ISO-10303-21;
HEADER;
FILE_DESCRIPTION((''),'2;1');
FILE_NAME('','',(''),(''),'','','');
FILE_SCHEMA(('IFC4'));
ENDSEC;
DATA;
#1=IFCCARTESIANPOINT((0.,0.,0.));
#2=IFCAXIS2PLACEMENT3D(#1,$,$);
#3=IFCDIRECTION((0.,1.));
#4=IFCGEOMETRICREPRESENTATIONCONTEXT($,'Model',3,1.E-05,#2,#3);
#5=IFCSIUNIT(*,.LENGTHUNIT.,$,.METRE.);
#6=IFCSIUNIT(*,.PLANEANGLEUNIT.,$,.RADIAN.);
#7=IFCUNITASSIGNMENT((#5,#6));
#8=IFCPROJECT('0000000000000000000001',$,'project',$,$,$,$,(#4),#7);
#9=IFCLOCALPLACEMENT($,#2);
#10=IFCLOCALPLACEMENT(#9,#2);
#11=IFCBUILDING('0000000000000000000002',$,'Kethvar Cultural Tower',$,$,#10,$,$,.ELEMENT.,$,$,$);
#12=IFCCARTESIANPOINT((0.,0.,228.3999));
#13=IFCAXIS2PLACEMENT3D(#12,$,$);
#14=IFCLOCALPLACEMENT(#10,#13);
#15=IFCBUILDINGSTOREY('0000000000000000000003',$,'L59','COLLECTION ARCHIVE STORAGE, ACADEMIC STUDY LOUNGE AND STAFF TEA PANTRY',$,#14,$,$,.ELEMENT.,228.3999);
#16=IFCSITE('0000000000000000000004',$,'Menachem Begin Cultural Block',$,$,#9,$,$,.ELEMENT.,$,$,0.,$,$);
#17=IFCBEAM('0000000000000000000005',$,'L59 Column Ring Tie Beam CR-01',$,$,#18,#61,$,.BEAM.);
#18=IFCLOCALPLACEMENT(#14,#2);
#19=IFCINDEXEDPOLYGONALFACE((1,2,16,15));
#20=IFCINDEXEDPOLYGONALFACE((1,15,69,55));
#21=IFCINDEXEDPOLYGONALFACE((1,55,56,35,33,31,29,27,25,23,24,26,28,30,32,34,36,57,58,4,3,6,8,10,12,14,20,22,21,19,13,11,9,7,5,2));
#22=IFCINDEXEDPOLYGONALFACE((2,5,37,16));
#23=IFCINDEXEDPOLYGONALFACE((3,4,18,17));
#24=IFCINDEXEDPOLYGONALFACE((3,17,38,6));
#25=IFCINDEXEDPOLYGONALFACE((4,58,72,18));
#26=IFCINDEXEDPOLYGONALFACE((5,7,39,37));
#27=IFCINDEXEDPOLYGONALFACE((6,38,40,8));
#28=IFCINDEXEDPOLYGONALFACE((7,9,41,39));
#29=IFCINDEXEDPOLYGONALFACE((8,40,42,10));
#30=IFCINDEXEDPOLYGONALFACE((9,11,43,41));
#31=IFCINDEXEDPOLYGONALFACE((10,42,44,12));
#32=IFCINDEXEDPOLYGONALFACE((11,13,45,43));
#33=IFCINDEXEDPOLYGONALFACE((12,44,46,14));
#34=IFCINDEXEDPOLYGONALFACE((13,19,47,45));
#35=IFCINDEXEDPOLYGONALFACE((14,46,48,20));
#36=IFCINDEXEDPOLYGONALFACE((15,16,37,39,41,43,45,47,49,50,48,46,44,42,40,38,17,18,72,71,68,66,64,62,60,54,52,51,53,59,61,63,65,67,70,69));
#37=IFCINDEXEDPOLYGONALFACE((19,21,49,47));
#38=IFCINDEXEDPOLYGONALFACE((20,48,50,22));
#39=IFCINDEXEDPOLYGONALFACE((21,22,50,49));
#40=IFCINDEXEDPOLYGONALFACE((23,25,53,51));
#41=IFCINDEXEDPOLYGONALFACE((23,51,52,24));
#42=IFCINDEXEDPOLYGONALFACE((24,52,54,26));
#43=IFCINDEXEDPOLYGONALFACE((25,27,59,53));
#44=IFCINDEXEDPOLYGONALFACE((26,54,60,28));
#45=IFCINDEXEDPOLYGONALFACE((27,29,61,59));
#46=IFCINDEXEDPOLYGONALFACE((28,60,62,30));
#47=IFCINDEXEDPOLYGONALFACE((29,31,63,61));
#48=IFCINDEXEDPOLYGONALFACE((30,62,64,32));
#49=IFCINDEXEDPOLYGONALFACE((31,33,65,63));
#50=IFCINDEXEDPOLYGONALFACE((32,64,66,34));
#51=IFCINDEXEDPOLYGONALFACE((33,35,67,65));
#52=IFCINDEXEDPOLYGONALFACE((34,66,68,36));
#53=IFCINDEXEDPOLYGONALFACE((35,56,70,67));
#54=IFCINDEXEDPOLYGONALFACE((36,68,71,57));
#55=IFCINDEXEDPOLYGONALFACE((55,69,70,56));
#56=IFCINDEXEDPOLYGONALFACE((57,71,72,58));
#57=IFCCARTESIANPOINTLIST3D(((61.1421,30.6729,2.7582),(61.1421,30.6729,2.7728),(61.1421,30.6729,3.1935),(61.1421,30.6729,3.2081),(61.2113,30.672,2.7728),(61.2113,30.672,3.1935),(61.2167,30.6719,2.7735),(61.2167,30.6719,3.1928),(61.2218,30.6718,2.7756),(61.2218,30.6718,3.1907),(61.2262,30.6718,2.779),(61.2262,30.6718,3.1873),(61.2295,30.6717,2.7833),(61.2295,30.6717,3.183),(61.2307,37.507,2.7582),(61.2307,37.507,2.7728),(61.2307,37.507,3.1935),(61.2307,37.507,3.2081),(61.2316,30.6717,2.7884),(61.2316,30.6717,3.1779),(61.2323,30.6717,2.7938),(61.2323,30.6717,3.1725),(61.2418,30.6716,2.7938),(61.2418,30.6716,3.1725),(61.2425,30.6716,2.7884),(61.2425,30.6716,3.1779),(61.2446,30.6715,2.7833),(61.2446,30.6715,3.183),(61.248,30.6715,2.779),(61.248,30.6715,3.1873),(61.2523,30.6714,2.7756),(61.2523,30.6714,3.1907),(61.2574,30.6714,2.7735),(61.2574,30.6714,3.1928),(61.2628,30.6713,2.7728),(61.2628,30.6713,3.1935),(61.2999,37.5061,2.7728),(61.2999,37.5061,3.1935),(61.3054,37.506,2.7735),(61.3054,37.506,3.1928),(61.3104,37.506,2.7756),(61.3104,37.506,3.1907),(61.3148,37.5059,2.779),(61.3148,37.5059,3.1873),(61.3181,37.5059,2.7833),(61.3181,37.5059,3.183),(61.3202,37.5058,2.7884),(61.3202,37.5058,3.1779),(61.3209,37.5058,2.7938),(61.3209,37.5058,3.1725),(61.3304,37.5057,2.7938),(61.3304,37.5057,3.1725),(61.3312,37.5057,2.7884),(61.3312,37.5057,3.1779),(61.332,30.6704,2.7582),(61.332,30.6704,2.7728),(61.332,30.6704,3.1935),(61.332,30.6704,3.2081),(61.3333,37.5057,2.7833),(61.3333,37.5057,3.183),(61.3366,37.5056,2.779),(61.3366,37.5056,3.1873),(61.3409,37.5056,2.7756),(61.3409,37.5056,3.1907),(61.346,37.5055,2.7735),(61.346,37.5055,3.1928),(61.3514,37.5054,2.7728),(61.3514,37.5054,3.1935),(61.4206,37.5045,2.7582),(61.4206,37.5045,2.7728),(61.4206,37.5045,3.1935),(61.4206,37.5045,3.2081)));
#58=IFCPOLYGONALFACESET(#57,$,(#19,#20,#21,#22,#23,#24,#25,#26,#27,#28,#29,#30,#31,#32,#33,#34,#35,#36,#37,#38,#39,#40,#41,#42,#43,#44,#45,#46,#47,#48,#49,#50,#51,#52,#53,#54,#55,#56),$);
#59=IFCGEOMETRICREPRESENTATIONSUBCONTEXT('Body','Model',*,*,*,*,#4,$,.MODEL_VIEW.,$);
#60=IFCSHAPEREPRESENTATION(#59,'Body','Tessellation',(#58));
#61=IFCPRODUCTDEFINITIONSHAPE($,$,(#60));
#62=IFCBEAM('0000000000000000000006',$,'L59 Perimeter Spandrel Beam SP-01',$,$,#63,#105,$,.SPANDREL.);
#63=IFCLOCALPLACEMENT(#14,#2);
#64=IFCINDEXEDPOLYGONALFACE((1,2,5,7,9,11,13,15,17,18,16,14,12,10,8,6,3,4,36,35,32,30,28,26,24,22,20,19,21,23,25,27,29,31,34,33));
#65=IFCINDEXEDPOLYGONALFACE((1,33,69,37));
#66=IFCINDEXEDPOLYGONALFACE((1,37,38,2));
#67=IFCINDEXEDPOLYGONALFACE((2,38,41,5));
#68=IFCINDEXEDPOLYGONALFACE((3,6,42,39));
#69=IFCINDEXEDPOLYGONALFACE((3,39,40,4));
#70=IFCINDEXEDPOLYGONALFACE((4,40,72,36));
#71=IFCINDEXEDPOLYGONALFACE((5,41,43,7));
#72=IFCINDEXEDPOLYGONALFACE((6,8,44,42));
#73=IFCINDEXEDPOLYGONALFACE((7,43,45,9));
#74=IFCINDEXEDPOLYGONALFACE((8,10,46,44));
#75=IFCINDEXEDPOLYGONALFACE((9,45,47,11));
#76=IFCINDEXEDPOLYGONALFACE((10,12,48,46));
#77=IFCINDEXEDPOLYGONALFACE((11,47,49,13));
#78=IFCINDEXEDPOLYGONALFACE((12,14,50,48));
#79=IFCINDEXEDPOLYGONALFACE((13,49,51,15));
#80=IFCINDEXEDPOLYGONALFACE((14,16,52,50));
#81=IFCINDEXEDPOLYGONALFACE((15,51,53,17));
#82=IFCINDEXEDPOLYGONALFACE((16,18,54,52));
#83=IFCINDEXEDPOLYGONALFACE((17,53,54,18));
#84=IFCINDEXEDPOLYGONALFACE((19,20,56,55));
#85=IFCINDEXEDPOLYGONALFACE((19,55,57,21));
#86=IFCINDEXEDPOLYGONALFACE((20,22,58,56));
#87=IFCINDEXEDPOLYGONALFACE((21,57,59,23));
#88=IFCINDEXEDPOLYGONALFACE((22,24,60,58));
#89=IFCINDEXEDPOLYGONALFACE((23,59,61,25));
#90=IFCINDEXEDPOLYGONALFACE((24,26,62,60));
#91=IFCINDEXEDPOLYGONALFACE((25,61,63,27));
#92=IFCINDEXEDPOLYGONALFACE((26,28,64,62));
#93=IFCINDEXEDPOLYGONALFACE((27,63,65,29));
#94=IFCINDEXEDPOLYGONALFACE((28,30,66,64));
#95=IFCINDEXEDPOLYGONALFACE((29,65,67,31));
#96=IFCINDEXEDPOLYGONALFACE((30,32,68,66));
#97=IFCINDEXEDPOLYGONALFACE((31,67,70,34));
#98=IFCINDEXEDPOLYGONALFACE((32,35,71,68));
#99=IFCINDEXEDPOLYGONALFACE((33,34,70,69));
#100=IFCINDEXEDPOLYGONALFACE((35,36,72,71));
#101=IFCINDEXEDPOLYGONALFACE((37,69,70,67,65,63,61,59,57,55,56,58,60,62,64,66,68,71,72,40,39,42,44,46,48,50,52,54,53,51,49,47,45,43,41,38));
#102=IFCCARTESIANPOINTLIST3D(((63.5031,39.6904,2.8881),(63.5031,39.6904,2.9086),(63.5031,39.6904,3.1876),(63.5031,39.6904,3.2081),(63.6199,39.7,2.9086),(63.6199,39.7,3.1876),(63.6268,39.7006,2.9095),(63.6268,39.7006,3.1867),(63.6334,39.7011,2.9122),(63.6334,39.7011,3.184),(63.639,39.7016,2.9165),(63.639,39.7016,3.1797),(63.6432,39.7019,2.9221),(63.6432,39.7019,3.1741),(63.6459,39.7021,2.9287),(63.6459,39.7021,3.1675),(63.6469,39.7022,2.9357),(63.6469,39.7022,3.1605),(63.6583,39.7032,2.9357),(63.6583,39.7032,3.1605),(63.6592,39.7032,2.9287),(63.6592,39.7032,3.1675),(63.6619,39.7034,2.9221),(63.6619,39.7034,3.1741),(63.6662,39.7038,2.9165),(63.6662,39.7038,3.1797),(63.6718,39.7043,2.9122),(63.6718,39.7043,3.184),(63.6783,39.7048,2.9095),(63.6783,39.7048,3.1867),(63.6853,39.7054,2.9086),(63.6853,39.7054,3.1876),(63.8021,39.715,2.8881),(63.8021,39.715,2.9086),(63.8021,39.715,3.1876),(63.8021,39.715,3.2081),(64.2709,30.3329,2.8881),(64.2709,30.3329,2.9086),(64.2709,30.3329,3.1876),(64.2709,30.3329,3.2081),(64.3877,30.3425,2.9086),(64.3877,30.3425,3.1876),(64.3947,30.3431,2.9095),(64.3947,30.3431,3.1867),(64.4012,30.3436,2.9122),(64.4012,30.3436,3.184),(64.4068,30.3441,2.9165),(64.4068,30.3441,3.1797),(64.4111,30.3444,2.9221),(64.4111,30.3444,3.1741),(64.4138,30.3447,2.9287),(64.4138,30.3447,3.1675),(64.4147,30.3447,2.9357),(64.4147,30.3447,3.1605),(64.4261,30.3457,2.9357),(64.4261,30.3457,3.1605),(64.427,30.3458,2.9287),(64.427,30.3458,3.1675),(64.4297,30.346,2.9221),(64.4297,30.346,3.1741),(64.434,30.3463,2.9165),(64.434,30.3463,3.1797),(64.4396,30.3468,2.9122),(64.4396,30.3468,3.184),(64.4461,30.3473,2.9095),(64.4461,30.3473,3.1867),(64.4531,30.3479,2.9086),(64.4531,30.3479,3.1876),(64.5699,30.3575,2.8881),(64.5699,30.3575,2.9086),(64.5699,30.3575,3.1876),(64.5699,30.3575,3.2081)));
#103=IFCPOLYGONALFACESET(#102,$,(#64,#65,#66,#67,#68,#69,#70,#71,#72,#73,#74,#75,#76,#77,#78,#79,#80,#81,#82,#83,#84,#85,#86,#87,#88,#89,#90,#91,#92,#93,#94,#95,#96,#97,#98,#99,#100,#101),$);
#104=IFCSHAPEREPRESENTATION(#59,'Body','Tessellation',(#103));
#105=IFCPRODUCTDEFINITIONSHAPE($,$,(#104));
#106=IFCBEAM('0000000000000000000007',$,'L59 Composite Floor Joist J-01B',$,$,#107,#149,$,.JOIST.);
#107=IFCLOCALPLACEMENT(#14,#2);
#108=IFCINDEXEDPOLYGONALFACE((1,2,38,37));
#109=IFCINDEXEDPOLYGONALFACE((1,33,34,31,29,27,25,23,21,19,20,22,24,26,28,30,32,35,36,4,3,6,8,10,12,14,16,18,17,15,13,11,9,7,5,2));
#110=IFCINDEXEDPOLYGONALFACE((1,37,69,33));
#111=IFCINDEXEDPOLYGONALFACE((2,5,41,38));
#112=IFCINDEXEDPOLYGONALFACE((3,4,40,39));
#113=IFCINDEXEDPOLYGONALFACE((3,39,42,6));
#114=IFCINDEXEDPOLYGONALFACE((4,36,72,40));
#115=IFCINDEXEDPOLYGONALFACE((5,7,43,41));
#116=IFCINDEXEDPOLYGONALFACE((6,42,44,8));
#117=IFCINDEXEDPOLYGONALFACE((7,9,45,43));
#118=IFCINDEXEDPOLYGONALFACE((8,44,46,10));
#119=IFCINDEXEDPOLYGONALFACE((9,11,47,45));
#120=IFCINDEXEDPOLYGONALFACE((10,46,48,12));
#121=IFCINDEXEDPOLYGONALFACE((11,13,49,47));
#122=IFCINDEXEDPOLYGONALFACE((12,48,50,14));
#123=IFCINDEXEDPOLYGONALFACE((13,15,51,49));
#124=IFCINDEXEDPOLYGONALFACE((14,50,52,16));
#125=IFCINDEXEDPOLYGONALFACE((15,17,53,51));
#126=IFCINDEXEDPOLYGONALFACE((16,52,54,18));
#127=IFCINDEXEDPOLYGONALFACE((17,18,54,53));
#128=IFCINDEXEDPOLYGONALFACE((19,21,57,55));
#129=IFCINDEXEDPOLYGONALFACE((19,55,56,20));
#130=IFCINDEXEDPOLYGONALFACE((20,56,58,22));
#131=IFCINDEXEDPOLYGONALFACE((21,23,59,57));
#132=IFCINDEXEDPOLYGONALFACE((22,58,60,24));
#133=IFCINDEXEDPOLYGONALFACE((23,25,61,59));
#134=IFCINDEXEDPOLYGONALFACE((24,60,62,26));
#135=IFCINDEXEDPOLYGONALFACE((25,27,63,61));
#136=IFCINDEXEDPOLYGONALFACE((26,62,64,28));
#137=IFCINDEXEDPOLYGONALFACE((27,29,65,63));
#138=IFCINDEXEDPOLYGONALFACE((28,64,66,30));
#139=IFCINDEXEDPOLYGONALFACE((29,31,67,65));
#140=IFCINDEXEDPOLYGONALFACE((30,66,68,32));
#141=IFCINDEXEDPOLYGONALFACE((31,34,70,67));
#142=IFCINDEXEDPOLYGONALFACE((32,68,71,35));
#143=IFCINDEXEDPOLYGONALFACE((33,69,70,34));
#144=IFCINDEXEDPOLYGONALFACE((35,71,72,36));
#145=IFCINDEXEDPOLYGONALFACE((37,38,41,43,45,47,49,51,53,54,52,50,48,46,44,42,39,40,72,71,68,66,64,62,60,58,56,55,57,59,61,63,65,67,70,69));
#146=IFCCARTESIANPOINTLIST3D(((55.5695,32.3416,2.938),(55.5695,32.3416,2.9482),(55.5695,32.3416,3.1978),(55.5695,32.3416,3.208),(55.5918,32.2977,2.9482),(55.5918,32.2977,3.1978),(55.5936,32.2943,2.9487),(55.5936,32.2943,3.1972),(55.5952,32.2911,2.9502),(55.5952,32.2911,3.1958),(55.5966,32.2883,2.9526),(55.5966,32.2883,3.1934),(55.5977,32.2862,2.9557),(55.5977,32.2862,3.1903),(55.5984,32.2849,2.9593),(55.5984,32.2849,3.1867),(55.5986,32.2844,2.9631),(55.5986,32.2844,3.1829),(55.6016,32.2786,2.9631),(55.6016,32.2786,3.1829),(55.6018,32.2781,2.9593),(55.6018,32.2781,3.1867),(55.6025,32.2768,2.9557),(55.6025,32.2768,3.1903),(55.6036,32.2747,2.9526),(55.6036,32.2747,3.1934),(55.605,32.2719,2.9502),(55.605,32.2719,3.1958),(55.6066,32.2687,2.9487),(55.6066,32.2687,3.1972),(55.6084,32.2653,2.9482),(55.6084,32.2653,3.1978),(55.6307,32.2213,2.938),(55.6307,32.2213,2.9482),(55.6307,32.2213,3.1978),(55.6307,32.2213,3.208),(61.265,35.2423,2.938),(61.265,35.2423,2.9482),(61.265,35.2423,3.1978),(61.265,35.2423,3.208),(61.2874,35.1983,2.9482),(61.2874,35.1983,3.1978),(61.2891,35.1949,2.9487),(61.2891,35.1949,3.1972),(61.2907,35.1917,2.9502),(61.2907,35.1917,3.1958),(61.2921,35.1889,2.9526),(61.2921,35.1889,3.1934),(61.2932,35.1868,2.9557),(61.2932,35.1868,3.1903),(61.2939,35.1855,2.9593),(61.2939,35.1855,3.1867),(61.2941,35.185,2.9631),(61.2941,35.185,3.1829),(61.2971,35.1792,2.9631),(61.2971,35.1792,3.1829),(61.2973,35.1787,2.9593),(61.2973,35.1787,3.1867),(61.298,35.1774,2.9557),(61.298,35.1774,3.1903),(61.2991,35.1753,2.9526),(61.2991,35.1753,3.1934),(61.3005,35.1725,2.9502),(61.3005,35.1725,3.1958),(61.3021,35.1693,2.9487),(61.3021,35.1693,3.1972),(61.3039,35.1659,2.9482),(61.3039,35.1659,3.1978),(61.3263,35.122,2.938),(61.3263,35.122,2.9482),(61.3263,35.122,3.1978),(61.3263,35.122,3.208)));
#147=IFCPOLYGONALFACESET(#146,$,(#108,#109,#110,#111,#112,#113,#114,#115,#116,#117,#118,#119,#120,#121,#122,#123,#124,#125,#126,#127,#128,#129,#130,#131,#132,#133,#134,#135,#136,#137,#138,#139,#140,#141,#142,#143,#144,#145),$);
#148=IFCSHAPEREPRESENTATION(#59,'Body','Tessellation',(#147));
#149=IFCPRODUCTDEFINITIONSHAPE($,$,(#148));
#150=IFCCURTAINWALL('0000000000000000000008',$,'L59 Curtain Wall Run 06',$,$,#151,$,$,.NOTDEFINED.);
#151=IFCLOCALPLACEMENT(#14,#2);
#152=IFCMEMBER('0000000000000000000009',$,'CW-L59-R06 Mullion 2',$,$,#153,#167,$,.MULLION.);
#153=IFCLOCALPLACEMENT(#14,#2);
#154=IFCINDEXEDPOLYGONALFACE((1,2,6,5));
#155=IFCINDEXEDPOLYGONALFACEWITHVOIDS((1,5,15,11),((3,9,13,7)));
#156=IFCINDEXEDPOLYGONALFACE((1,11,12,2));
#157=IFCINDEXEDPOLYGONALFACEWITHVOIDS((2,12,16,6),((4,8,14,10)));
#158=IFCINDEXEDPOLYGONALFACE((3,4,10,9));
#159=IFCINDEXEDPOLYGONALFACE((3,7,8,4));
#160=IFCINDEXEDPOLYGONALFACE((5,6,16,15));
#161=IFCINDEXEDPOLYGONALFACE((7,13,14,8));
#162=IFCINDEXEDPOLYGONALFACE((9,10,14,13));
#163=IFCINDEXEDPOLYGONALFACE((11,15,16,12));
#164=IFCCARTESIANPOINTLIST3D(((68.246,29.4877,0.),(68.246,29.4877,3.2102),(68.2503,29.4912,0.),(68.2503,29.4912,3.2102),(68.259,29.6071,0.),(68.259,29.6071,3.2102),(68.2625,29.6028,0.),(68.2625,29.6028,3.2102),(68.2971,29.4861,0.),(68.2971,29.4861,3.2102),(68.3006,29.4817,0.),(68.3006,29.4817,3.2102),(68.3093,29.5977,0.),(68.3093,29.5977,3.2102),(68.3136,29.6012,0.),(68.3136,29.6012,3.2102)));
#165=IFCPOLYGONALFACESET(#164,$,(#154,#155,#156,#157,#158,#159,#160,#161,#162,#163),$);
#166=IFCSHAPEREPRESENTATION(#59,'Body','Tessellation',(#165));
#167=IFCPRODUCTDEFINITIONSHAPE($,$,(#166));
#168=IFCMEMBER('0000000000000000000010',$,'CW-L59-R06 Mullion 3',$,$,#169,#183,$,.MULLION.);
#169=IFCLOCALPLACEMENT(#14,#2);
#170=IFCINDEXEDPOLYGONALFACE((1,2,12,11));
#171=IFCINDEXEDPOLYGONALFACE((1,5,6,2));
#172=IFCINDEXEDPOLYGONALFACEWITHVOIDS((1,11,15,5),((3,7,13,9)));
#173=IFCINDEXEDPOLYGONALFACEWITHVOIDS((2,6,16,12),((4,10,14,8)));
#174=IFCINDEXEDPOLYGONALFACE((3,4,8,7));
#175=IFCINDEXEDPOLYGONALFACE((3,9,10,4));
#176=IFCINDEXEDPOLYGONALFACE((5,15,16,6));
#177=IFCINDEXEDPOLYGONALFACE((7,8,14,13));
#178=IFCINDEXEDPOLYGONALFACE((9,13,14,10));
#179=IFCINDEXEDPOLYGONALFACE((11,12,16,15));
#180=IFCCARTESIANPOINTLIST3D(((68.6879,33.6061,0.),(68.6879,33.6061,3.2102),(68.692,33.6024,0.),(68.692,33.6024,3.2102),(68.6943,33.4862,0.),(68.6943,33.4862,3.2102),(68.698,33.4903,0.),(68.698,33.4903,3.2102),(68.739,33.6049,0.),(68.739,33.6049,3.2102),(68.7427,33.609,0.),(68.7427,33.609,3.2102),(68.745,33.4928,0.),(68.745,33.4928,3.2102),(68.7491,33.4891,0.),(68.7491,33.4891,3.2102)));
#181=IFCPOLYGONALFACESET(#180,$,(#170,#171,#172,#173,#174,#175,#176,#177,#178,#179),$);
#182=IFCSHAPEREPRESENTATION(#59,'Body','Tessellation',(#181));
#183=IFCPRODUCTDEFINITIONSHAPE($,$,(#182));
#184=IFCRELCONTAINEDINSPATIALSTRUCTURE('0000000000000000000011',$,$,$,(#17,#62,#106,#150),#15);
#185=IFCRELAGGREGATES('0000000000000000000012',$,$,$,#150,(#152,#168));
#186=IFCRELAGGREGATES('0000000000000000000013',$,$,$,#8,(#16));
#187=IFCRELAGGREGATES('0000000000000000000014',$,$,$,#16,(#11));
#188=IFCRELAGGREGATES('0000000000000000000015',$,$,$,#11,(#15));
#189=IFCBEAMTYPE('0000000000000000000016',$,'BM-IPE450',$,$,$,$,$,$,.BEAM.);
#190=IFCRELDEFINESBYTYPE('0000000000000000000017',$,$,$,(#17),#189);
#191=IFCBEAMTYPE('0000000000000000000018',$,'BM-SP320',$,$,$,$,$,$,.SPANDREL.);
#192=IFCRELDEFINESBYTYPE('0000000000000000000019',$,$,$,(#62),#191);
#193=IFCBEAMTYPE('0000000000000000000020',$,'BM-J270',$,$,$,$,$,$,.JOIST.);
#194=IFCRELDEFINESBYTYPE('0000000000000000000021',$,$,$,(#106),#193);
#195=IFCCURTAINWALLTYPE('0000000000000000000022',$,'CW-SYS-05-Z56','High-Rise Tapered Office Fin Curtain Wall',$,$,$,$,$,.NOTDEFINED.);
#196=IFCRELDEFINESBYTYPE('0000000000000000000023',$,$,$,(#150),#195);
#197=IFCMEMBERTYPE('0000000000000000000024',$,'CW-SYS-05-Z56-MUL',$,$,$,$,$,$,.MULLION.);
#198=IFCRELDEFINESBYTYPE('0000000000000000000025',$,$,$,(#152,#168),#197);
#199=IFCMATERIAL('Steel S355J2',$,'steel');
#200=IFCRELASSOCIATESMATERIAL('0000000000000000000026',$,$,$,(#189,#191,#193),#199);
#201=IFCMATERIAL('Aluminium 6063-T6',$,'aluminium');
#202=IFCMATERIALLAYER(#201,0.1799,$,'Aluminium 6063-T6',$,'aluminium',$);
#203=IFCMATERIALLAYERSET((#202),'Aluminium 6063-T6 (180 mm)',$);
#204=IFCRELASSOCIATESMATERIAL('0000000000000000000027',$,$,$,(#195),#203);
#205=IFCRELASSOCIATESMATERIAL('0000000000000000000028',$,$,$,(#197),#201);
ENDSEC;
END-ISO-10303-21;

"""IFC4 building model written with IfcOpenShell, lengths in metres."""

from ifc_helpers import new_model, si_unit, direction, frame, origin, origin_2d, place, context, subcontext, project, spatial, hollow_rectangle, i_section, extrude, source, transform, mapped, material, layer, layer_set, material_profile, profile_set, type_object, element, aggregate, save


model = new_model("IFC4")

# Units and contexts
model_context = context("Model", 3, precision=1e-05, world=origin(), true_north=direction((0.0, 1.0)))
body_context = subcontext(model_context, "Body", "Model", "MODEL_VIEW")
ifc_project = project(units=[si_unit("LENGTHUNIT", "METRE"), si_unit("PLANEANGLEUNIT", "RADIAN")], contexts=[model_context])

# Site, building, storey
site_placement = place(None, origin())
site = spatial("IfcSite", under=ifc_project, at=site_placement, Name="Menachem Begin Cultural Block", CompositionType="ELEMENT", RefElevation=0.0)
building_placement = place(site_placement, origin())
building = spatial("IfcBuilding", under=site, at=building_placement, Name="Kethvar Cultural Tower", CompositionType="ELEMENT")
storey_placement = place(building_placement, frame((0.0, 0.0, 228.3999)))
storey = spatial("IfcBuildingStorey", under=building, at=storey_placement, Name="L59", Description="COLLECTION ARCHIVE STORAGE, ACADEMIC STUDY LOUNGE AND STAFF TEA PANTRY", CompositionType="ELEMENT", Elevation=228.3999)

# Beams
ifc_material_1 = material(Name="Steel S355J2", Category="steel")
ifc_material_profile_1 = material_profile(ifc_material_1, i_section(OverallWidth=0.1899, OverallDepth=0.45, WebThickness=0.0095, FlangeThickness=0.0146, FilletRadius=0.021, at=origin_2d()), Name="Steel S355J2 — IPE450")
ifc_profile_set_1 = profile_set([ifc_material_profile_1], Name="Steel S355J2 — IPE450")
beam_type_1 = type_object("IfcBeamType", Name="BM-IPE450", PredefinedType="BEAM", material=ifc_profile_set_1)
shared_shape_1 = source(origin(), body_context, "Body", "SweptSolid", [
    extrude(i_section(OverallWidth=0.1899, OverallDepth=0.45, WebThickness=0.0095, FlangeThickness=0.0146, FilletRadius=0.021, at=origin_2d()), origin(), (0.0, 0.0, 1.0), 6.8347),
])
beam_1_placement = place(storey_placement, frame((61.2371, 30.6716, 2.9832), z_axis=(0.012966, 0.999916, 0.0), x_axis=(-0.999916, 0.012966, 0.0)))
element("IfcBeam", 1, at=beam_1_placement, inside=storey, type_object=beam_type_1, Name="L59 Column Ring Tie Beam CR-01", PredefinedType="BEAM", context=body_context, shape_type="MappedRepresentation", body=[
    mapped(shared_shape_1, transform((0.0, 0.0, 0.0), scale=1.0)),
])
ifc_material_profile_2 = material_profile(ifc_material_1, i_section(OverallWidth=0.3, OverallDepth=0.3201, WebThickness=0.0115, FlangeThickness=0.0205, FilletRadius=0.0271, at=origin_2d()), Name="Steel S355J2 — HEB320")
ifc_profile_set_2 = profile_set([ifc_material_profile_2], Name="Steel S355J2 — HEB320")
beam_type_2 = type_object("IfcBeamType", Name="BM-SP320", PredefinedType="SPANDREL", material=ifc_profile_set_2)
shared_shape_2 = source(origin(), body_context, "Body", "SweptSolid", [
    extrude(i_section(OverallWidth=0.3, OverallDepth=0.3201, WebThickness=0.0115, FlangeThickness=0.0205, FilletRadius=0.0271, at=origin_2d()), origin(), (0.0, 0.0, 1.0), 9.3889),
])
beam_2_placement = place(storey_placement, frame((64.4204, 30.3452, 3.0481), z_axis=(-0.08178, 0.99665, 0.0), x_axis=(-0.99665, -0.08178, 0.0)))
element("IfcBeam", 2, at=beam_2_placement, inside=storey, type_object=beam_type_2, Name="L59 Perimeter Spandrel Beam SP-01", PredefinedType="SPANDREL", context=body_context, shape_type="MappedRepresentation", body=[
    mapped(shared_shape_2, transform((0.0, 0.0, 0.0), scale=1.0)),
])
ifc_material_profile_3 = material_profile(ifc_material_1, i_section(OverallWidth=0.135, OverallDepth=0.27, WebThickness=0.0066, FlangeThickness=0.0103, FilletRadius=0.0149, at=origin_2d()), Name="Steel S355J2 — IPE270")
ifc_profile_set_3 = profile_set([ifc_material_profile_3], Name="Steel S355J2 — IPE270")
beam_type_3 = type_object("IfcBeamType", Name="BM-J270", PredefinedType="JOIST", material=ifc_profile_set_3)
shared_shape_3 = source(origin(), body_context, "Body", "SweptSolid", [
    extrude(i_section(OverallWidth=0.135, OverallDepth=0.27, WebThickness=0.0066, FlangeThickness=0.0103, FilletRadius=0.0149, at=origin_2d()), origin(), (0.0, 0.0, 1.0), 6.3916),
])
beam_3_placement = place(storey_placement, frame((55.6001, 32.2815, 3.073), z_axis=(0.891095, 0.453817, 0.0), x_axis=(-0.453817, 0.891095, 0.0)))
element("IfcBeam", 3, at=beam_3_placement, inside=storey, type_object=beam_type_3, Name="L59 Composite Floor Joist J-01B", PredefinedType="JOIST", context=body_context, shape_type="MappedRepresentation", body=[
    mapped(shared_shape_3, transform((0.0, 0.0, 0.0), scale=1.0)),
])

# Curtain wall, members
ifc_material_2 = material(Name="Aluminium 6063-T6", Category="aluminium")
ifc_layer_1 = layer(ifc_material_2, 0.1799, Name="Aluminium 6063-T6", Category="aluminium")
ifc_layer_set_1 = layer_set([ifc_layer_1], Name="Aluminium 6063-T6 (180 mm)")
curtain_wall_type = type_object("IfcCurtainWallType", Name="CW-SYS-05-Z56", Description="High-Rise Tapered Office Fin Curtain Wall", PredefinedType="NOTDEFINED", material=ifc_layer_set_1)
curtain_wall_placement = place(storey_placement, origin())
curtain_wall = element("IfcCurtainWall", 4, at=curtain_wall_placement, inside=storey, type_object=curtain_wall_type, Name="L59 Curtain Wall Run 06", PredefinedType="NOTDEFINED")
ifc_material_profile_4 = material_profile(ifc_material_2, hollow_rectangle(XDim=0.0549, YDim=0.1201, WallThickness=0.0039, at=origin_2d()), Name="Aluminium 6063-T6 — RHS120x55x4")
ifc_profile_set_4 = profile_set([ifc_material_profile_4], Name="Aluminium 6063-T6 — RHS120x55x4")
member_type_1 = type_object("IfcMemberType", Name="CW-SYS-05-Z56-MUL", PredefinedType="MULLION", material=ifc_profile_set_4)
shared_shape_4 = source(origin(), body_context, "Body", "SweptSolid", [
    extrude(hollow_rectangle(XDim=0.0549, YDim=0.1201, WallThickness=0.0039, at=origin_2d()), origin(), (0.0, 0.0, 1.0), 3.2102),
])
member_1_placement = place(storey_placement, frame((68.2798, 29.5444, 0.0), z_axis=(0.0, 0.0, 1.0), x_axis=(-0.994085, 0.108607, 0.0)))
member_1 = element("IfcMember", 5, at=member_1_placement, type_object=member_type_1, Name="CW-L59-R06 Mullion 2", PredefinedType="MULLION", context=body_context, shape_type="MappedRepresentation", body=[
    mapped(shared_shape_4, transform((0.0, 0.0, 0.0), scale=1.0)),
])
member_2_placement = place(storey_placement, frame((68.7185, 33.5476, 0.0), z_axis=(0.0, 0.0, 1.0), x_axis=(-0.998583, -0.053225, 0.0)))
member_2 = element("IfcMember", 6, at=member_2_placement, type_object=member_type_1, Name="CW-L59-R06 Mullion 3", PredefinedType="MULLION", context=body_context, shape_type="MappedRepresentation", body=[
    mapped(shared_shape_4, transform((0.0, 0.0, 0.0), scale=1.0)),
])
aggregate(curtain_wall, [member_1, member_2])

save(model, "model.ifc")
